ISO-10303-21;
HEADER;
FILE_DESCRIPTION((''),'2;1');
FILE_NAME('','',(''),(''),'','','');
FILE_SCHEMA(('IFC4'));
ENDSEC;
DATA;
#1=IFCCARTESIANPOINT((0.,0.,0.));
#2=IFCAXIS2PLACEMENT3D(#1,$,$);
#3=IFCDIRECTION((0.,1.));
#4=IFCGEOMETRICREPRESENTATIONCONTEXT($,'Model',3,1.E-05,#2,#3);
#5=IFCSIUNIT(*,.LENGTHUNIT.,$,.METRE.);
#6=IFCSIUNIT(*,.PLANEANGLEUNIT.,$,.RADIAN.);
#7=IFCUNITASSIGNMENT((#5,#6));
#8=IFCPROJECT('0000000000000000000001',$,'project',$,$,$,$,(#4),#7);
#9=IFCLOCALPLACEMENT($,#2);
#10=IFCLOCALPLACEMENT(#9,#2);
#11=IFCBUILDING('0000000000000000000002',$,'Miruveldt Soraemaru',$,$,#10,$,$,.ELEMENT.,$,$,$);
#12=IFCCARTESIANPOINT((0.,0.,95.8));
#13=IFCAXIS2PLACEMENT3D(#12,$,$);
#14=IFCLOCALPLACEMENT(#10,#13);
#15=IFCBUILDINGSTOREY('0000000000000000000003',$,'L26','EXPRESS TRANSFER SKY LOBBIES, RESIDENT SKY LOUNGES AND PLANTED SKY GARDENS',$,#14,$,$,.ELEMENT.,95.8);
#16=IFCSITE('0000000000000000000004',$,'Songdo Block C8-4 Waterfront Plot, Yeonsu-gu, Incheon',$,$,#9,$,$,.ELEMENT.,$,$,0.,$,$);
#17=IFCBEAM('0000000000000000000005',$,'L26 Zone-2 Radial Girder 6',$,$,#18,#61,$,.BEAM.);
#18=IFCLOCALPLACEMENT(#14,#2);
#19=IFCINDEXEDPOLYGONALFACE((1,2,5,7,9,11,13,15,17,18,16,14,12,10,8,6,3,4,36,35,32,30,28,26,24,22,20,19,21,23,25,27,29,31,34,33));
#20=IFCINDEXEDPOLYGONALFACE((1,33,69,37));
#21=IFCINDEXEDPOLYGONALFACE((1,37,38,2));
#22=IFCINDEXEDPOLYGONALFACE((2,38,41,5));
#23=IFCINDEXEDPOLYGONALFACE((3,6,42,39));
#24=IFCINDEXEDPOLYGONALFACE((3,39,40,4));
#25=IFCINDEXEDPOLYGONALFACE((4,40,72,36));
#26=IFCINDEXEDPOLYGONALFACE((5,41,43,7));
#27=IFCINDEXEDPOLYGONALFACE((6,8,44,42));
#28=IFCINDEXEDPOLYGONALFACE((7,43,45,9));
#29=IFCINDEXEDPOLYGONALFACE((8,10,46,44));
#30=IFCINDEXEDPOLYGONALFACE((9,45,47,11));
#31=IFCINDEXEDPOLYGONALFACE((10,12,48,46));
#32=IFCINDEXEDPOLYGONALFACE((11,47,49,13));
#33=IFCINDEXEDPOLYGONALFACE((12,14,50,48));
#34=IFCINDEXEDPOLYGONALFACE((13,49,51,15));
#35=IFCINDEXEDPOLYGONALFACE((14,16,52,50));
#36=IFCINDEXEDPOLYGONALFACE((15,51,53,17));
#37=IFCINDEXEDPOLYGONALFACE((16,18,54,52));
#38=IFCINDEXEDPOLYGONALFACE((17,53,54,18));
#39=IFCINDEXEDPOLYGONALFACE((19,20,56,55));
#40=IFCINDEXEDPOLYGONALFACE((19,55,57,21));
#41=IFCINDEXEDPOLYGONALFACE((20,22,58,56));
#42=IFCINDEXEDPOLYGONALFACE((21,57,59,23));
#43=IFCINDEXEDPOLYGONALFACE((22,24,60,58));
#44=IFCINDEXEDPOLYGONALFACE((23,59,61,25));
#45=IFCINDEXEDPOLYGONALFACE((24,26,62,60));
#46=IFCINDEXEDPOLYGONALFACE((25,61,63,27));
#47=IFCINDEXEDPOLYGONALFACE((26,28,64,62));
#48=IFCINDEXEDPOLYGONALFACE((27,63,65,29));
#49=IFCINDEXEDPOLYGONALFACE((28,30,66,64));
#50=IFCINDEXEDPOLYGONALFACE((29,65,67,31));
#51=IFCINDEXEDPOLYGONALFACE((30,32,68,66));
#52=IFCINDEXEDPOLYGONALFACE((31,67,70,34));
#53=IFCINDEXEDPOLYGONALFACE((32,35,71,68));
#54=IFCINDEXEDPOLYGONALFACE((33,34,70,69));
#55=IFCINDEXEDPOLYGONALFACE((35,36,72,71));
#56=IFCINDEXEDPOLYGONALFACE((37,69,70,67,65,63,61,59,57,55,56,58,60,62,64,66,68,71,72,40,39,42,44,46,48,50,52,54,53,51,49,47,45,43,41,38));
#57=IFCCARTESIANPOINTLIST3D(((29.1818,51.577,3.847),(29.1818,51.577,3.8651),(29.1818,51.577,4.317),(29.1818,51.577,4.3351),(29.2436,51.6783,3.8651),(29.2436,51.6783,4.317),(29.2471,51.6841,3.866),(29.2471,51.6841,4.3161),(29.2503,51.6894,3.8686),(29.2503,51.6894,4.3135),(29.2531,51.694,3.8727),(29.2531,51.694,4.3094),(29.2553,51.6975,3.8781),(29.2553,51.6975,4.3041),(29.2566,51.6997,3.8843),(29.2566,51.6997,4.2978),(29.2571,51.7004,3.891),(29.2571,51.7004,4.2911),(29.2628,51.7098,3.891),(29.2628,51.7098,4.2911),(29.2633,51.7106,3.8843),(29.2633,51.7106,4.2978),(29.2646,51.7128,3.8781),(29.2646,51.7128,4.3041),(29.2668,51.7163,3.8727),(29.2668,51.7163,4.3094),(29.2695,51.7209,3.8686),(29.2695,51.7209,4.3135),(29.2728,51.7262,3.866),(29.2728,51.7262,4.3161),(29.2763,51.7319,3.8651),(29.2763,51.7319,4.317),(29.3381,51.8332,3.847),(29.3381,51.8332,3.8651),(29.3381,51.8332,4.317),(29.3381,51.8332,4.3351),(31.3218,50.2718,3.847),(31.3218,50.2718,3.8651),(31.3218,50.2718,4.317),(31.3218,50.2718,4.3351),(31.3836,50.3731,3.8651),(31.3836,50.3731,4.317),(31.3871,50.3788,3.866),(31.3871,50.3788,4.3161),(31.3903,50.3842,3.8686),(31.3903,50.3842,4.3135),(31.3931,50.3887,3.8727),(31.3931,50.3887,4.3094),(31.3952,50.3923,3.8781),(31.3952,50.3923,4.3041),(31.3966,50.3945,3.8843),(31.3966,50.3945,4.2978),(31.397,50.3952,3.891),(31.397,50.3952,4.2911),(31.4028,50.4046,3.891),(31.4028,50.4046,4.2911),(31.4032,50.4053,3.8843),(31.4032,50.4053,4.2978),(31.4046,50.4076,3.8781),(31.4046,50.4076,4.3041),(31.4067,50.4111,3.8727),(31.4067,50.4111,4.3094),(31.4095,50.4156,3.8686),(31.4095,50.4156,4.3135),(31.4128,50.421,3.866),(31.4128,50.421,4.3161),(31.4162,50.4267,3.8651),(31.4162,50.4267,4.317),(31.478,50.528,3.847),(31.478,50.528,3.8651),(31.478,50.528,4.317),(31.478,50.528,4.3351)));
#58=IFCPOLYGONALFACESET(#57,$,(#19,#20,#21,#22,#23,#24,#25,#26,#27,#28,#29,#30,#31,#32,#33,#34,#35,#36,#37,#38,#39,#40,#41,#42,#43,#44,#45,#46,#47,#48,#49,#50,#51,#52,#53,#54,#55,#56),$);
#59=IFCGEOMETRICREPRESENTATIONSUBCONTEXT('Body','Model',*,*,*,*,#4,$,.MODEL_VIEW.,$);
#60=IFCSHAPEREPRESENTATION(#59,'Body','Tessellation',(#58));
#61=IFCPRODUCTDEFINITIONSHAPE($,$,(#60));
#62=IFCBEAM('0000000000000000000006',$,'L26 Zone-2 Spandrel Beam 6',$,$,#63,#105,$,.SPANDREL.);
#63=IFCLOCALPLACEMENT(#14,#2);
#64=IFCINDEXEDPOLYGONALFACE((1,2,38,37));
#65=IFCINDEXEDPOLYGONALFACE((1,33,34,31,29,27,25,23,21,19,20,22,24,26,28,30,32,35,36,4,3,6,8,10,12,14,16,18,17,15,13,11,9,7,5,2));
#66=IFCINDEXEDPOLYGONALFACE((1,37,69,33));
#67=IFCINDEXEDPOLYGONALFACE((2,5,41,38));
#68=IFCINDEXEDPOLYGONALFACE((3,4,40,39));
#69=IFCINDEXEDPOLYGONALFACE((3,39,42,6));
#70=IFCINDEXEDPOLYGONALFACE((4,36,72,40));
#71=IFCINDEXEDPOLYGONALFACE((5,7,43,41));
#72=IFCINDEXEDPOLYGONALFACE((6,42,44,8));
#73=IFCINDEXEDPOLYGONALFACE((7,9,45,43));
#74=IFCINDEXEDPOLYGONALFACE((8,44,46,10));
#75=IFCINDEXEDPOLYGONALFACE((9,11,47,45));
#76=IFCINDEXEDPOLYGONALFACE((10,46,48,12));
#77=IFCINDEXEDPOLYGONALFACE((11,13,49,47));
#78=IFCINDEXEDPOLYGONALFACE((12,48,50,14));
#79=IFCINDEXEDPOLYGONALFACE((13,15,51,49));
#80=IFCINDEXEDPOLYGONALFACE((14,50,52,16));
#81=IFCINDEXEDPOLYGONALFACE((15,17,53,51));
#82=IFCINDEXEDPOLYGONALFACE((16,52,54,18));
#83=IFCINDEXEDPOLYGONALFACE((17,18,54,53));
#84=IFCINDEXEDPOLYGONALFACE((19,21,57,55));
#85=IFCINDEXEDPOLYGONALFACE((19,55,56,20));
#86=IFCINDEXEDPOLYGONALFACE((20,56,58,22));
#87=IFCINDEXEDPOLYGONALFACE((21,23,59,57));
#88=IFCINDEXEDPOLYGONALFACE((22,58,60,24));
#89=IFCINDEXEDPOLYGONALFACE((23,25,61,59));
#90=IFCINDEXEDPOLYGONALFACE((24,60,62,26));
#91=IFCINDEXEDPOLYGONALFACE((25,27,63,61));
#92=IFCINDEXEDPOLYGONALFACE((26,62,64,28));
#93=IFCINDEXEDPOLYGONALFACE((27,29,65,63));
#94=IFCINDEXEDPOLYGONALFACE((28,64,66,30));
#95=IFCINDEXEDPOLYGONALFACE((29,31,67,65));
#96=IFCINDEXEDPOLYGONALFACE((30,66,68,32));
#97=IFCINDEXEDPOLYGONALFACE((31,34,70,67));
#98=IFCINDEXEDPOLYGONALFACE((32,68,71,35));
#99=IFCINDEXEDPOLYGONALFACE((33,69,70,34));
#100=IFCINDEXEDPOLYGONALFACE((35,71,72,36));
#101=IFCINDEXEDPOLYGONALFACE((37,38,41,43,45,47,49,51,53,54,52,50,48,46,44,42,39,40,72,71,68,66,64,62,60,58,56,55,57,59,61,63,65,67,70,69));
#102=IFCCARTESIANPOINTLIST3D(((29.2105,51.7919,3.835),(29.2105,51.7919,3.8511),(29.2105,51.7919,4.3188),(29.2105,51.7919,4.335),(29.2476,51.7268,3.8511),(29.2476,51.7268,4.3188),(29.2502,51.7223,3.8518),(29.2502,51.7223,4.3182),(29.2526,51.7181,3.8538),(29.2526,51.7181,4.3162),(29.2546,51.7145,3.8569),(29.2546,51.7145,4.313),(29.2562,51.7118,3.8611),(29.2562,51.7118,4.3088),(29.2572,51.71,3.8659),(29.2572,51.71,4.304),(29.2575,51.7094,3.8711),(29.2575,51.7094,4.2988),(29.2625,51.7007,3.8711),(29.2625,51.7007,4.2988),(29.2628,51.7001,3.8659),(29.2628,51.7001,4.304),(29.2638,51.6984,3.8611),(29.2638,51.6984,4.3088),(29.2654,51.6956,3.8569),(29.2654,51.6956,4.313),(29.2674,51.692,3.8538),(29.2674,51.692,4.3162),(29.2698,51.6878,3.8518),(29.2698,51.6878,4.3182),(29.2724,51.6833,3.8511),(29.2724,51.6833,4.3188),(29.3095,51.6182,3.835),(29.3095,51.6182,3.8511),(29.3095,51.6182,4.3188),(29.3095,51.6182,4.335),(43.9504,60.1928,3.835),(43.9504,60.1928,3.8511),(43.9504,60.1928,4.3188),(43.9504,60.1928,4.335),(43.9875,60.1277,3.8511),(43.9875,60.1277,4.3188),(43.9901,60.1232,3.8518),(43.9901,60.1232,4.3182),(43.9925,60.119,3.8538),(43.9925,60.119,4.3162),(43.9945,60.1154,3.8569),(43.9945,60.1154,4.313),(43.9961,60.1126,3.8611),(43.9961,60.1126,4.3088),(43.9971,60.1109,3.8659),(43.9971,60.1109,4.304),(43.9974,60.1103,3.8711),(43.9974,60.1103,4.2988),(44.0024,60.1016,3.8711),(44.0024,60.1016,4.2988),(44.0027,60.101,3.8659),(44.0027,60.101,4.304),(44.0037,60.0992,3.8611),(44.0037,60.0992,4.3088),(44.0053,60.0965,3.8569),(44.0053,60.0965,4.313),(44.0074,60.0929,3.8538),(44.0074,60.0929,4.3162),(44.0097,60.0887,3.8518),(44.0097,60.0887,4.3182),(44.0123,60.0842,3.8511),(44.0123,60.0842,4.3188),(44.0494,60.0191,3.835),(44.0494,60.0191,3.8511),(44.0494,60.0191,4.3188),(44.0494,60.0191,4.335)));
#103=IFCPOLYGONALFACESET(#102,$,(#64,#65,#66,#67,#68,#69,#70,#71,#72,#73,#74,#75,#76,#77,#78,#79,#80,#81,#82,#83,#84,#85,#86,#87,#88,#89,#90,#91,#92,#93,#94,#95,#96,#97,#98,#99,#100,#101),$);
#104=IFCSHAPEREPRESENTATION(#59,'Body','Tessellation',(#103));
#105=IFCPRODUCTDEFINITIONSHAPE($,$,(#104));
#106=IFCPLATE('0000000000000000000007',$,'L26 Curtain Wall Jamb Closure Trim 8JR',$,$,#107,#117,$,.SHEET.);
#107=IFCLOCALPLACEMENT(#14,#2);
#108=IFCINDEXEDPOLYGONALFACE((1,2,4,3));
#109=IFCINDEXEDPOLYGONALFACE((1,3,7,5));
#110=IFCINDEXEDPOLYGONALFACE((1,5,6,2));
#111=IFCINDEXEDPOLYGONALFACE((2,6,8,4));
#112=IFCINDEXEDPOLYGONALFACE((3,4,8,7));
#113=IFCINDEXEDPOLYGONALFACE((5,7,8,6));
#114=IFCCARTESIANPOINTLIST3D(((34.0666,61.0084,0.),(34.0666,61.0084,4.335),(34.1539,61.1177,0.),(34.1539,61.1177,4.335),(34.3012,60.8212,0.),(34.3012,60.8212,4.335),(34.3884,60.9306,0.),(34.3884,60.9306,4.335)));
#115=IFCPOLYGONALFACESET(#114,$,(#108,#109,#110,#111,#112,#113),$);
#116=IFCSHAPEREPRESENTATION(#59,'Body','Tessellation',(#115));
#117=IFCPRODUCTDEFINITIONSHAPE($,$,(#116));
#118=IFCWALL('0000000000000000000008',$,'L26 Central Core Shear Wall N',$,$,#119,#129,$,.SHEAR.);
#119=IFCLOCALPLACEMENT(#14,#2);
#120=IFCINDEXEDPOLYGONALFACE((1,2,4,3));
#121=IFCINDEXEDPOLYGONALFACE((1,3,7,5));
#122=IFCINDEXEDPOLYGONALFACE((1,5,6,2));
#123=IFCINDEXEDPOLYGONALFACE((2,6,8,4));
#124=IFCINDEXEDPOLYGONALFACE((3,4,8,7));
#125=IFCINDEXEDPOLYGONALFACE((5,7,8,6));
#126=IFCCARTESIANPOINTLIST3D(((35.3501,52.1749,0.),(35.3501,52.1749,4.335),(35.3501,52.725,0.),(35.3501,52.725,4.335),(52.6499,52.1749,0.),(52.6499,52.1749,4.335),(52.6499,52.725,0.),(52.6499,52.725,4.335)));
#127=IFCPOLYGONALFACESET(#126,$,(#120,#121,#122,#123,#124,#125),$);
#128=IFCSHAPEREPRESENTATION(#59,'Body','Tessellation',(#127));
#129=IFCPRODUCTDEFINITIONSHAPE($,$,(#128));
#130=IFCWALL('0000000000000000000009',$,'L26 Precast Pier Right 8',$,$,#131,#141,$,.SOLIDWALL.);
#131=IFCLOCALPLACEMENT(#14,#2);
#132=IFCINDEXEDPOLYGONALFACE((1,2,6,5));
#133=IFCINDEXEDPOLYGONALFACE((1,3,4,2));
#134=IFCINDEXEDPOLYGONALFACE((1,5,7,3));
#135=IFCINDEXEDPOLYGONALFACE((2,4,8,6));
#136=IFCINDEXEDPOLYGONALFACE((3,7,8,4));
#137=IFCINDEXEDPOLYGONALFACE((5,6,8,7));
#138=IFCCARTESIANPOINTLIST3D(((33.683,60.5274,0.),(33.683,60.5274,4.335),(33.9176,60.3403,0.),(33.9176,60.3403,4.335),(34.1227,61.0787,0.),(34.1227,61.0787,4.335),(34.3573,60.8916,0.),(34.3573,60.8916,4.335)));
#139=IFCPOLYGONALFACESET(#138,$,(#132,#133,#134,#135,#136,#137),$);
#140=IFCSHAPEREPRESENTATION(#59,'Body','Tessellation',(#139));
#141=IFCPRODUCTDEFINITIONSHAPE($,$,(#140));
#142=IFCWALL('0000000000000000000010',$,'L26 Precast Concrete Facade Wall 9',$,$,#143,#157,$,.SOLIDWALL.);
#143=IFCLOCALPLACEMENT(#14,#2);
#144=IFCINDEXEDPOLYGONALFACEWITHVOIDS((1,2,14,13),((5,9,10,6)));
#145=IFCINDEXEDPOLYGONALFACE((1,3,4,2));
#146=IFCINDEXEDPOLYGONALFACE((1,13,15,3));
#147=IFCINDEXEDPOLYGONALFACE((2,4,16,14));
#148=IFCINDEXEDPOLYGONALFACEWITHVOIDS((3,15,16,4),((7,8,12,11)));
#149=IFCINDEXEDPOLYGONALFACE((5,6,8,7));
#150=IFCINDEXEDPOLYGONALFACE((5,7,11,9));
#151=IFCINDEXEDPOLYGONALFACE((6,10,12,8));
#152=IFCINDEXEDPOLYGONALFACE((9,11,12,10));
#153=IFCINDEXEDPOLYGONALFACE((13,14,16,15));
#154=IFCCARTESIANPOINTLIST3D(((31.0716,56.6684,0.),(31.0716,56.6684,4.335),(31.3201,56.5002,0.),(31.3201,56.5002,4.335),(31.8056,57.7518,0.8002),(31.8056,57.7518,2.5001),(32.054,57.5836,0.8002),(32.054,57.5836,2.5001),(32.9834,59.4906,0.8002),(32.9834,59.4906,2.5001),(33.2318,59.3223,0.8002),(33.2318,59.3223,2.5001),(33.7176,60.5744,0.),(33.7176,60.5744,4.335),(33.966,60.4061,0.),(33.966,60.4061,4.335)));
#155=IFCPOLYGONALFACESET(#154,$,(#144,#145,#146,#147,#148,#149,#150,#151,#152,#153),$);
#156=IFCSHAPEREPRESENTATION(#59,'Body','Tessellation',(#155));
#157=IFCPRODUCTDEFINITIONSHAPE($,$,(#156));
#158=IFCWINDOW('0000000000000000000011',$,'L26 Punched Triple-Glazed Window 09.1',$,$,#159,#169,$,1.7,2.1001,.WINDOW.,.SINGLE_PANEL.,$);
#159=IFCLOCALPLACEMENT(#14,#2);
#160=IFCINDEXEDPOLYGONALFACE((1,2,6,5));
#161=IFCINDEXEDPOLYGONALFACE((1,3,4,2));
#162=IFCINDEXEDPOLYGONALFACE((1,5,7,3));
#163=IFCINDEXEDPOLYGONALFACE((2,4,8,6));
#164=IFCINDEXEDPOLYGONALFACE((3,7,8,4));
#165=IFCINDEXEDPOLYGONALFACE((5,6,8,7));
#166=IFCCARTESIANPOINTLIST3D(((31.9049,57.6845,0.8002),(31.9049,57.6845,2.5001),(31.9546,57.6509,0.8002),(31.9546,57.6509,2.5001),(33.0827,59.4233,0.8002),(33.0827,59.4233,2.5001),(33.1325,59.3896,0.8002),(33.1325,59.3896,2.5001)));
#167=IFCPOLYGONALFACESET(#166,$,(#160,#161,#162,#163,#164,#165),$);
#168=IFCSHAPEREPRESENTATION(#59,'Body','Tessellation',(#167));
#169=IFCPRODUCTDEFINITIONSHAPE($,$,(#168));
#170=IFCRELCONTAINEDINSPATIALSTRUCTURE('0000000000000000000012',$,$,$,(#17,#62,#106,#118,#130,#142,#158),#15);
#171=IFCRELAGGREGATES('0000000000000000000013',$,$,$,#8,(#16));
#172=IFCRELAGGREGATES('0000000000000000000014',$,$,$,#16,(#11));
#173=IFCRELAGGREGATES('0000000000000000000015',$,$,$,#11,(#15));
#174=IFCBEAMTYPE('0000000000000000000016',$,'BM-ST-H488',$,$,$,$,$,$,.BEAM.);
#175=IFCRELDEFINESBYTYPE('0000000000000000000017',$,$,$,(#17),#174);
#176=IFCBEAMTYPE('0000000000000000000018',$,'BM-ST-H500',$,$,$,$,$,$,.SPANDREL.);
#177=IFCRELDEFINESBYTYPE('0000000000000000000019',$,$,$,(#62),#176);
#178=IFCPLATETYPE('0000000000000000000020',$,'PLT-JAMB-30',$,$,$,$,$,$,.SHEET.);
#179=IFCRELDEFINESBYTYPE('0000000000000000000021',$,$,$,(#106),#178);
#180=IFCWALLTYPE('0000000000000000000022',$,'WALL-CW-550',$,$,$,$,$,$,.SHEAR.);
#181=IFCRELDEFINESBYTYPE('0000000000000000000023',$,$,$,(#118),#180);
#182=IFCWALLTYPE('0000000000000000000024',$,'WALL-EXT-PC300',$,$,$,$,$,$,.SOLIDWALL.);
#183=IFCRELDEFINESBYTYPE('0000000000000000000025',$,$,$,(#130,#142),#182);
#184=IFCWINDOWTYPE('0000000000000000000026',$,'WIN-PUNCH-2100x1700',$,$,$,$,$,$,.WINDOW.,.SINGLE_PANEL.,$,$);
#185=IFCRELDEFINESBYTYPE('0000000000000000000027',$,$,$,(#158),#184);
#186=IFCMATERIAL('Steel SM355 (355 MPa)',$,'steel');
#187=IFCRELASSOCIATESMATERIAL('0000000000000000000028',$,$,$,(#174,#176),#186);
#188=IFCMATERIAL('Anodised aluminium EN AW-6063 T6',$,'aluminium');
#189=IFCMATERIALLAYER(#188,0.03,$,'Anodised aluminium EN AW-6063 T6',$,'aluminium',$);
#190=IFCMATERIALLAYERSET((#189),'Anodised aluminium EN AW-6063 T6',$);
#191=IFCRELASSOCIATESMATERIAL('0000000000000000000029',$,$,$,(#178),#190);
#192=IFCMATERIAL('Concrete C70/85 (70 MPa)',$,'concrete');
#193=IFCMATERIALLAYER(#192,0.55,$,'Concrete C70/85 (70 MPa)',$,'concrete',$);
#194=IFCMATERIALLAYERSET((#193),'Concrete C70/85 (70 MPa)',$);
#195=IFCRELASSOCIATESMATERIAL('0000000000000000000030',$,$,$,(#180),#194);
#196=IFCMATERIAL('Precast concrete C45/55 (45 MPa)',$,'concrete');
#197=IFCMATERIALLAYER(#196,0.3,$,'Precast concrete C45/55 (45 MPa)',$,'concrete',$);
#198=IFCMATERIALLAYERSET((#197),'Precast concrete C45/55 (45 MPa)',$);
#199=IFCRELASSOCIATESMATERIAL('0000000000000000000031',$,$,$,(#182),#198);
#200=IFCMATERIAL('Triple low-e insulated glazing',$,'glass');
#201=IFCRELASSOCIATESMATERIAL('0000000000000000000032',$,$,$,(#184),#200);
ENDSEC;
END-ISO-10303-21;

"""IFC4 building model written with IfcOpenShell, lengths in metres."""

from ifc_helpers import new_model, si_unit, direction, frame, frame_2d, origin, origin_2d, place, context, subcontext, project, spatial, rectangle, i_section, extrude, material, layer, layer_set, material_profile, profile_set, type_object, element, fill, save


model = new_model("IFC4")

# Units and contexts
model_context = context("Model", 3, precision=1e-05, world=origin(), true_north=direction((0.0, 1.0)))
body_context = subcontext(model_context, "Body", "Model", "MODEL_VIEW")
ifc_project = project(units=[si_unit("LENGTHUNIT", "METRE"), si_unit("PLANEANGLEUNIT", "RADIAN")], contexts=[model_context])

# Site, building, storey
site_placement = place(None, origin())
site = spatial("IfcSite", under=ifc_project, at=site_placement, Name="Songdo Block C8-4 Waterfront Plot, Yeonsu-gu, Incheon", CompositionType="ELEMENT", RefElevation=0.0)
building_placement = place(site_placement, origin())
building = spatial("IfcBuilding", under=site, at=building_placement, Name="Miruveldt Soraemaru", CompositionType="ELEMENT")
storey_placement = place(building_placement, frame((0.0, 0.0, 95.8)))
storey = spatial("IfcBuildingStorey", under=building, at=storey_placement, Name="L26", Description="EXPRESS TRANSFER SKY LOBBIES, RESIDENT SKY LOUNGES AND PLANTED SKY GARDENS", CompositionType="ELEMENT", Elevation=95.8)

# Shared definitions
ifc_material_1 = material(Name="Concrete C70/85 (70 MPa)", Category="concrete")

# Beams
ifc_material_2 = material(Name="Steel SM355 (355 MPa)", Category="steel")
ifc_material_profile_1 = material_profile(ifc_material_2, i_section(OverallWidth=0.3, OverallDepth=0.488, WebThickness=0.011, FlangeThickness=0.0181, FilletRadius=0.0259, at=origin_2d()), Name="Steel SM355 (355 MPa)", Category="steel")
ifc_profile_set_1 = profile_set([ifc_material_profile_1], Name="Steel SM355 (355 MPa)")
beam_type_1 = type_object("IfcBeamType", Name="BM-ST-H488", PredefinedType="BEAM", material=ifc_profile_set_1)
beam_1_placement = place(storey_placement, frame((31.3999, 50.3999, 4.0911), z_axis=(-0.853732, 0.520713, 0.0), x_axis=(-0.520713, -0.853732, 0.0)))
element("IfcBeam", 1, at=beam_1_placement, inside=storey, type_object=beam_type_1, Name="L26 Zone-2 Radial Girder 6", PredefinedType="BEAM", context=body_context, shape_type="SweptSolid", body=[
    extrude(i_section(OverallWidth=0.3, OverallDepth=0.488, WebThickness=0.011, FlangeThickness=0.0181, FilletRadius=0.0259, at=origin_2d()), origin(), (0.0, 0.0, 1.0), 2.5066),
])
ifc_material_profile_2 = material_profile(ifc_material_2, i_section(OverallWidth=0.2, OverallDepth=0.5, WebThickness=0.01, FlangeThickness=0.0161, FilletRadius=0.02, at=origin_2d()), Name="Steel SM355 (355 MPa)", Category="steel")
ifc_profile_set_2 = profile_set([ifc_material_profile_2], Name="Steel SM355 (355 MPa)")
beam_type_2 = type_object("IfcBeamType", Name="BM-ST-H500", PredefinedType="SPANDREL", material=ifc_profile_set_2)
beam_2_placement = place(storey_placement, frame((29.26, 51.7051, 4.085), z_axis=(0.8688, 0.495162, 0.0), x_axis=(-0.495162, 0.8688, 0.0)))
element("IfcBeam", 2, at=beam_2_placement, inside=storey, type_object=beam_type_2, Name="L26 Zone-2 Spandrel Beam 6", PredefinedType="SPANDREL", context=body_context, shape_type="SweptSolid", body=[
    extrude(i_section(OverallWidth=0.2, OverallDepth=0.5, WebThickness=0.01, FlangeThickness=0.0161, FilletRadius=0.02, at=origin_2d()), origin(), (0.0, 0.0, 1.0), 16.9658),
])

# Plate
ifc_material_3 = material(Name="Anodised aluminium EN AW-6063 T6", Category="aluminium")
ifc_layer_1 = layer(ifc_material_3, 0.03, Name="Anodised aluminium EN AW-6063 T6", Category="aluminium")
ifc_layer_set_1 = layer_set([ifc_layer_1], Name="Anodised aluminium EN AW-6063 T6")
plate_type = type_object("IfcPlateType", Name="PLT-JAMB-30", PredefinedType="SHEET", material=ifc_layer_set_1)
plate_placement = place(storey_placement, frame((34.2275, 60.9695, 0.0), z_axis=(0.0, 0.0, 1.0), x_axis=(-0.623607, -0.781738, 0.0)))
element("IfcPlate", 3, at=plate_placement, inside=storey, type_object=plate_type, Name="L26 Curtain Wall Jamb Closure Trim 8JR", PredefinedType="SHEET", context=body_context, shape_type="SweptSolid", body=[
    extrude(rectangle(XDim=0.1399, YDim=0.3, at=origin_2d()), origin(), (0.0, 0.0, 1.0), 4.335),
])

# Walls
ifc_layer_2 = layer(ifc_material_1, 0.55, Name="Concrete C70/85 (70 MPa)", Category="concrete")
ifc_layer_set_2 = layer_set([ifc_layer_2], Name="Concrete C70/85 (70 MPa)")
wall_type_1 = type_object("IfcWallType", Name="WALL-CW-550", PredefinedType="SHEAR", material=ifc_layer_set_2)
wall_1_placement = place(storey_placement, frame((35.3501, 52.45, 0.0), z_axis=(0.0, 0.0, 1.0), x_axis=(1.0, 0.0, 0.0)))
element("IfcWall", 4, at=wall_1_placement, inside=storey, type_object=wall_type_1, Name="L26 Central Core Shear Wall N", PredefinedType="SHEAR", context=body_context, shape_type="SweptSolid", body=[
    extrude(rectangle(XDim=17.2998, YDim=0.55, at=frame_2d((8.6499, 0.0))), origin(), (0.0, 0.0, 1.0), 4.335),
])
ifc_material_4 = material(Name="Precast concrete C45/55 (45 MPa)", Category="concrete")
ifc_layer_3 = layer(ifc_material_4, 0.3, Name="Precast concrete C45/55 (45 MPa)", Category="concrete")
ifc_layer_set_3 = layer_set([ifc_layer_3], Name="Precast concrete C45/55 (45 MPa)")
wall_type_2 = type_object("IfcWallType", Name="WALL-EXT-PC300", PredefinedType="SOLIDWALL", material=ifc_layer_set_3)
wall_2_placement = place(storey_placement, frame((34.24, 60.9851, 0.0), z_axis=(0.0, 0.0, 1.0), x_axis=(-0.623554, -0.78178, 0.0)))
element("IfcWall", 5, at=wall_2_placement, inside=storey, type_object=wall_type_2, Name="L26 Precast Pier Right 8", PredefinedType="SOLIDWALL", context=body_context, shape_type="SweptSolid", body=[
    extrude(rectangle(XDim=0.7051, YDim=0.3, at=frame_2d((0.3525, 0.0))), origin(), (0.0, 0.0, 1.0), 4.335),
])

# Wall, opening, window
wall_3_placement = place(storey_placement, frame((33.8418, 60.4902, 0.0), z_axis=(0.0, 0.0, 1.0), x_axis=(-0.560847, -0.827919, 0.0)))
wall_3 = element("IfcWall", 6, at=wall_3_placement, inside=storey, type_object=wall_type_2, Name="L26 Precast Concrete Facade Wall 9", PredefinedType="SOLIDWALL", context=body_context, shape_type="SweptSolid", body=[
    extrude(rectangle(XDim=4.7178, YDim=0.3, at=frame_2d((2.3589, 0.0))), origin(), (0.0, 0.0, 1.0), 4.335),
])
opening_1_placement = place(wall_3_placement, frame((1.3091, 0.0, 0.8)))
opening_1 = element("IfcOpeningElement", 7, at=opening_1_placement, cuts=wall_3, PredefinedType="OPENING", context=body_context, shape_type="SweptSolid", body=[
    extrude(rectangle(XDim=2.1001, YDim=1.7, at=frame_2d((1.05, 0.8501))), frame((0.0, 0.1602, 0.0), z_axis=(0.0, -1.0, 0.0), x_axis=(1.0, 0.0, 0.0)), (0.0, 0.0, 1.0), 0.3201),
])
ifc_material_5 = material(Name="Triple low-e insulated glazing", Category="glass")
window_type = type_object("IfcWindowType", Name="WIN-PUNCH-2100x1700", PartitioningType="SINGLE_PANEL", PredefinedType="WINDOW", material=ifc_material_5)
window_1_placement = place(opening_1_placement, origin())
window_1 = element("IfcWindow", 8, at=window_1_placement, inside=storey, type_object=window_type, Name="L26 Punched Triple-Glazed Window 09.1", OverallHeight=1.7, OverallWidth=2.1001, PartitioningType="SINGLE_PANEL", PredefinedType="WINDOW", context=body_context, shape_type="SweptSolid", body=[
    extrude(rectangle(XDim=2.1001, YDim=1.7, at=frame_2d((1.05, 0.8501))), frame((0.0, 0.03, 0.0), z_axis=(0.0, -1.0, 0.0), x_axis=(1.0, 0.0, 0.0)), (0.0, 0.0, 1.0), 0.0601),
])
fill(opening_1, window_1)

save(model, "model.ifc")
